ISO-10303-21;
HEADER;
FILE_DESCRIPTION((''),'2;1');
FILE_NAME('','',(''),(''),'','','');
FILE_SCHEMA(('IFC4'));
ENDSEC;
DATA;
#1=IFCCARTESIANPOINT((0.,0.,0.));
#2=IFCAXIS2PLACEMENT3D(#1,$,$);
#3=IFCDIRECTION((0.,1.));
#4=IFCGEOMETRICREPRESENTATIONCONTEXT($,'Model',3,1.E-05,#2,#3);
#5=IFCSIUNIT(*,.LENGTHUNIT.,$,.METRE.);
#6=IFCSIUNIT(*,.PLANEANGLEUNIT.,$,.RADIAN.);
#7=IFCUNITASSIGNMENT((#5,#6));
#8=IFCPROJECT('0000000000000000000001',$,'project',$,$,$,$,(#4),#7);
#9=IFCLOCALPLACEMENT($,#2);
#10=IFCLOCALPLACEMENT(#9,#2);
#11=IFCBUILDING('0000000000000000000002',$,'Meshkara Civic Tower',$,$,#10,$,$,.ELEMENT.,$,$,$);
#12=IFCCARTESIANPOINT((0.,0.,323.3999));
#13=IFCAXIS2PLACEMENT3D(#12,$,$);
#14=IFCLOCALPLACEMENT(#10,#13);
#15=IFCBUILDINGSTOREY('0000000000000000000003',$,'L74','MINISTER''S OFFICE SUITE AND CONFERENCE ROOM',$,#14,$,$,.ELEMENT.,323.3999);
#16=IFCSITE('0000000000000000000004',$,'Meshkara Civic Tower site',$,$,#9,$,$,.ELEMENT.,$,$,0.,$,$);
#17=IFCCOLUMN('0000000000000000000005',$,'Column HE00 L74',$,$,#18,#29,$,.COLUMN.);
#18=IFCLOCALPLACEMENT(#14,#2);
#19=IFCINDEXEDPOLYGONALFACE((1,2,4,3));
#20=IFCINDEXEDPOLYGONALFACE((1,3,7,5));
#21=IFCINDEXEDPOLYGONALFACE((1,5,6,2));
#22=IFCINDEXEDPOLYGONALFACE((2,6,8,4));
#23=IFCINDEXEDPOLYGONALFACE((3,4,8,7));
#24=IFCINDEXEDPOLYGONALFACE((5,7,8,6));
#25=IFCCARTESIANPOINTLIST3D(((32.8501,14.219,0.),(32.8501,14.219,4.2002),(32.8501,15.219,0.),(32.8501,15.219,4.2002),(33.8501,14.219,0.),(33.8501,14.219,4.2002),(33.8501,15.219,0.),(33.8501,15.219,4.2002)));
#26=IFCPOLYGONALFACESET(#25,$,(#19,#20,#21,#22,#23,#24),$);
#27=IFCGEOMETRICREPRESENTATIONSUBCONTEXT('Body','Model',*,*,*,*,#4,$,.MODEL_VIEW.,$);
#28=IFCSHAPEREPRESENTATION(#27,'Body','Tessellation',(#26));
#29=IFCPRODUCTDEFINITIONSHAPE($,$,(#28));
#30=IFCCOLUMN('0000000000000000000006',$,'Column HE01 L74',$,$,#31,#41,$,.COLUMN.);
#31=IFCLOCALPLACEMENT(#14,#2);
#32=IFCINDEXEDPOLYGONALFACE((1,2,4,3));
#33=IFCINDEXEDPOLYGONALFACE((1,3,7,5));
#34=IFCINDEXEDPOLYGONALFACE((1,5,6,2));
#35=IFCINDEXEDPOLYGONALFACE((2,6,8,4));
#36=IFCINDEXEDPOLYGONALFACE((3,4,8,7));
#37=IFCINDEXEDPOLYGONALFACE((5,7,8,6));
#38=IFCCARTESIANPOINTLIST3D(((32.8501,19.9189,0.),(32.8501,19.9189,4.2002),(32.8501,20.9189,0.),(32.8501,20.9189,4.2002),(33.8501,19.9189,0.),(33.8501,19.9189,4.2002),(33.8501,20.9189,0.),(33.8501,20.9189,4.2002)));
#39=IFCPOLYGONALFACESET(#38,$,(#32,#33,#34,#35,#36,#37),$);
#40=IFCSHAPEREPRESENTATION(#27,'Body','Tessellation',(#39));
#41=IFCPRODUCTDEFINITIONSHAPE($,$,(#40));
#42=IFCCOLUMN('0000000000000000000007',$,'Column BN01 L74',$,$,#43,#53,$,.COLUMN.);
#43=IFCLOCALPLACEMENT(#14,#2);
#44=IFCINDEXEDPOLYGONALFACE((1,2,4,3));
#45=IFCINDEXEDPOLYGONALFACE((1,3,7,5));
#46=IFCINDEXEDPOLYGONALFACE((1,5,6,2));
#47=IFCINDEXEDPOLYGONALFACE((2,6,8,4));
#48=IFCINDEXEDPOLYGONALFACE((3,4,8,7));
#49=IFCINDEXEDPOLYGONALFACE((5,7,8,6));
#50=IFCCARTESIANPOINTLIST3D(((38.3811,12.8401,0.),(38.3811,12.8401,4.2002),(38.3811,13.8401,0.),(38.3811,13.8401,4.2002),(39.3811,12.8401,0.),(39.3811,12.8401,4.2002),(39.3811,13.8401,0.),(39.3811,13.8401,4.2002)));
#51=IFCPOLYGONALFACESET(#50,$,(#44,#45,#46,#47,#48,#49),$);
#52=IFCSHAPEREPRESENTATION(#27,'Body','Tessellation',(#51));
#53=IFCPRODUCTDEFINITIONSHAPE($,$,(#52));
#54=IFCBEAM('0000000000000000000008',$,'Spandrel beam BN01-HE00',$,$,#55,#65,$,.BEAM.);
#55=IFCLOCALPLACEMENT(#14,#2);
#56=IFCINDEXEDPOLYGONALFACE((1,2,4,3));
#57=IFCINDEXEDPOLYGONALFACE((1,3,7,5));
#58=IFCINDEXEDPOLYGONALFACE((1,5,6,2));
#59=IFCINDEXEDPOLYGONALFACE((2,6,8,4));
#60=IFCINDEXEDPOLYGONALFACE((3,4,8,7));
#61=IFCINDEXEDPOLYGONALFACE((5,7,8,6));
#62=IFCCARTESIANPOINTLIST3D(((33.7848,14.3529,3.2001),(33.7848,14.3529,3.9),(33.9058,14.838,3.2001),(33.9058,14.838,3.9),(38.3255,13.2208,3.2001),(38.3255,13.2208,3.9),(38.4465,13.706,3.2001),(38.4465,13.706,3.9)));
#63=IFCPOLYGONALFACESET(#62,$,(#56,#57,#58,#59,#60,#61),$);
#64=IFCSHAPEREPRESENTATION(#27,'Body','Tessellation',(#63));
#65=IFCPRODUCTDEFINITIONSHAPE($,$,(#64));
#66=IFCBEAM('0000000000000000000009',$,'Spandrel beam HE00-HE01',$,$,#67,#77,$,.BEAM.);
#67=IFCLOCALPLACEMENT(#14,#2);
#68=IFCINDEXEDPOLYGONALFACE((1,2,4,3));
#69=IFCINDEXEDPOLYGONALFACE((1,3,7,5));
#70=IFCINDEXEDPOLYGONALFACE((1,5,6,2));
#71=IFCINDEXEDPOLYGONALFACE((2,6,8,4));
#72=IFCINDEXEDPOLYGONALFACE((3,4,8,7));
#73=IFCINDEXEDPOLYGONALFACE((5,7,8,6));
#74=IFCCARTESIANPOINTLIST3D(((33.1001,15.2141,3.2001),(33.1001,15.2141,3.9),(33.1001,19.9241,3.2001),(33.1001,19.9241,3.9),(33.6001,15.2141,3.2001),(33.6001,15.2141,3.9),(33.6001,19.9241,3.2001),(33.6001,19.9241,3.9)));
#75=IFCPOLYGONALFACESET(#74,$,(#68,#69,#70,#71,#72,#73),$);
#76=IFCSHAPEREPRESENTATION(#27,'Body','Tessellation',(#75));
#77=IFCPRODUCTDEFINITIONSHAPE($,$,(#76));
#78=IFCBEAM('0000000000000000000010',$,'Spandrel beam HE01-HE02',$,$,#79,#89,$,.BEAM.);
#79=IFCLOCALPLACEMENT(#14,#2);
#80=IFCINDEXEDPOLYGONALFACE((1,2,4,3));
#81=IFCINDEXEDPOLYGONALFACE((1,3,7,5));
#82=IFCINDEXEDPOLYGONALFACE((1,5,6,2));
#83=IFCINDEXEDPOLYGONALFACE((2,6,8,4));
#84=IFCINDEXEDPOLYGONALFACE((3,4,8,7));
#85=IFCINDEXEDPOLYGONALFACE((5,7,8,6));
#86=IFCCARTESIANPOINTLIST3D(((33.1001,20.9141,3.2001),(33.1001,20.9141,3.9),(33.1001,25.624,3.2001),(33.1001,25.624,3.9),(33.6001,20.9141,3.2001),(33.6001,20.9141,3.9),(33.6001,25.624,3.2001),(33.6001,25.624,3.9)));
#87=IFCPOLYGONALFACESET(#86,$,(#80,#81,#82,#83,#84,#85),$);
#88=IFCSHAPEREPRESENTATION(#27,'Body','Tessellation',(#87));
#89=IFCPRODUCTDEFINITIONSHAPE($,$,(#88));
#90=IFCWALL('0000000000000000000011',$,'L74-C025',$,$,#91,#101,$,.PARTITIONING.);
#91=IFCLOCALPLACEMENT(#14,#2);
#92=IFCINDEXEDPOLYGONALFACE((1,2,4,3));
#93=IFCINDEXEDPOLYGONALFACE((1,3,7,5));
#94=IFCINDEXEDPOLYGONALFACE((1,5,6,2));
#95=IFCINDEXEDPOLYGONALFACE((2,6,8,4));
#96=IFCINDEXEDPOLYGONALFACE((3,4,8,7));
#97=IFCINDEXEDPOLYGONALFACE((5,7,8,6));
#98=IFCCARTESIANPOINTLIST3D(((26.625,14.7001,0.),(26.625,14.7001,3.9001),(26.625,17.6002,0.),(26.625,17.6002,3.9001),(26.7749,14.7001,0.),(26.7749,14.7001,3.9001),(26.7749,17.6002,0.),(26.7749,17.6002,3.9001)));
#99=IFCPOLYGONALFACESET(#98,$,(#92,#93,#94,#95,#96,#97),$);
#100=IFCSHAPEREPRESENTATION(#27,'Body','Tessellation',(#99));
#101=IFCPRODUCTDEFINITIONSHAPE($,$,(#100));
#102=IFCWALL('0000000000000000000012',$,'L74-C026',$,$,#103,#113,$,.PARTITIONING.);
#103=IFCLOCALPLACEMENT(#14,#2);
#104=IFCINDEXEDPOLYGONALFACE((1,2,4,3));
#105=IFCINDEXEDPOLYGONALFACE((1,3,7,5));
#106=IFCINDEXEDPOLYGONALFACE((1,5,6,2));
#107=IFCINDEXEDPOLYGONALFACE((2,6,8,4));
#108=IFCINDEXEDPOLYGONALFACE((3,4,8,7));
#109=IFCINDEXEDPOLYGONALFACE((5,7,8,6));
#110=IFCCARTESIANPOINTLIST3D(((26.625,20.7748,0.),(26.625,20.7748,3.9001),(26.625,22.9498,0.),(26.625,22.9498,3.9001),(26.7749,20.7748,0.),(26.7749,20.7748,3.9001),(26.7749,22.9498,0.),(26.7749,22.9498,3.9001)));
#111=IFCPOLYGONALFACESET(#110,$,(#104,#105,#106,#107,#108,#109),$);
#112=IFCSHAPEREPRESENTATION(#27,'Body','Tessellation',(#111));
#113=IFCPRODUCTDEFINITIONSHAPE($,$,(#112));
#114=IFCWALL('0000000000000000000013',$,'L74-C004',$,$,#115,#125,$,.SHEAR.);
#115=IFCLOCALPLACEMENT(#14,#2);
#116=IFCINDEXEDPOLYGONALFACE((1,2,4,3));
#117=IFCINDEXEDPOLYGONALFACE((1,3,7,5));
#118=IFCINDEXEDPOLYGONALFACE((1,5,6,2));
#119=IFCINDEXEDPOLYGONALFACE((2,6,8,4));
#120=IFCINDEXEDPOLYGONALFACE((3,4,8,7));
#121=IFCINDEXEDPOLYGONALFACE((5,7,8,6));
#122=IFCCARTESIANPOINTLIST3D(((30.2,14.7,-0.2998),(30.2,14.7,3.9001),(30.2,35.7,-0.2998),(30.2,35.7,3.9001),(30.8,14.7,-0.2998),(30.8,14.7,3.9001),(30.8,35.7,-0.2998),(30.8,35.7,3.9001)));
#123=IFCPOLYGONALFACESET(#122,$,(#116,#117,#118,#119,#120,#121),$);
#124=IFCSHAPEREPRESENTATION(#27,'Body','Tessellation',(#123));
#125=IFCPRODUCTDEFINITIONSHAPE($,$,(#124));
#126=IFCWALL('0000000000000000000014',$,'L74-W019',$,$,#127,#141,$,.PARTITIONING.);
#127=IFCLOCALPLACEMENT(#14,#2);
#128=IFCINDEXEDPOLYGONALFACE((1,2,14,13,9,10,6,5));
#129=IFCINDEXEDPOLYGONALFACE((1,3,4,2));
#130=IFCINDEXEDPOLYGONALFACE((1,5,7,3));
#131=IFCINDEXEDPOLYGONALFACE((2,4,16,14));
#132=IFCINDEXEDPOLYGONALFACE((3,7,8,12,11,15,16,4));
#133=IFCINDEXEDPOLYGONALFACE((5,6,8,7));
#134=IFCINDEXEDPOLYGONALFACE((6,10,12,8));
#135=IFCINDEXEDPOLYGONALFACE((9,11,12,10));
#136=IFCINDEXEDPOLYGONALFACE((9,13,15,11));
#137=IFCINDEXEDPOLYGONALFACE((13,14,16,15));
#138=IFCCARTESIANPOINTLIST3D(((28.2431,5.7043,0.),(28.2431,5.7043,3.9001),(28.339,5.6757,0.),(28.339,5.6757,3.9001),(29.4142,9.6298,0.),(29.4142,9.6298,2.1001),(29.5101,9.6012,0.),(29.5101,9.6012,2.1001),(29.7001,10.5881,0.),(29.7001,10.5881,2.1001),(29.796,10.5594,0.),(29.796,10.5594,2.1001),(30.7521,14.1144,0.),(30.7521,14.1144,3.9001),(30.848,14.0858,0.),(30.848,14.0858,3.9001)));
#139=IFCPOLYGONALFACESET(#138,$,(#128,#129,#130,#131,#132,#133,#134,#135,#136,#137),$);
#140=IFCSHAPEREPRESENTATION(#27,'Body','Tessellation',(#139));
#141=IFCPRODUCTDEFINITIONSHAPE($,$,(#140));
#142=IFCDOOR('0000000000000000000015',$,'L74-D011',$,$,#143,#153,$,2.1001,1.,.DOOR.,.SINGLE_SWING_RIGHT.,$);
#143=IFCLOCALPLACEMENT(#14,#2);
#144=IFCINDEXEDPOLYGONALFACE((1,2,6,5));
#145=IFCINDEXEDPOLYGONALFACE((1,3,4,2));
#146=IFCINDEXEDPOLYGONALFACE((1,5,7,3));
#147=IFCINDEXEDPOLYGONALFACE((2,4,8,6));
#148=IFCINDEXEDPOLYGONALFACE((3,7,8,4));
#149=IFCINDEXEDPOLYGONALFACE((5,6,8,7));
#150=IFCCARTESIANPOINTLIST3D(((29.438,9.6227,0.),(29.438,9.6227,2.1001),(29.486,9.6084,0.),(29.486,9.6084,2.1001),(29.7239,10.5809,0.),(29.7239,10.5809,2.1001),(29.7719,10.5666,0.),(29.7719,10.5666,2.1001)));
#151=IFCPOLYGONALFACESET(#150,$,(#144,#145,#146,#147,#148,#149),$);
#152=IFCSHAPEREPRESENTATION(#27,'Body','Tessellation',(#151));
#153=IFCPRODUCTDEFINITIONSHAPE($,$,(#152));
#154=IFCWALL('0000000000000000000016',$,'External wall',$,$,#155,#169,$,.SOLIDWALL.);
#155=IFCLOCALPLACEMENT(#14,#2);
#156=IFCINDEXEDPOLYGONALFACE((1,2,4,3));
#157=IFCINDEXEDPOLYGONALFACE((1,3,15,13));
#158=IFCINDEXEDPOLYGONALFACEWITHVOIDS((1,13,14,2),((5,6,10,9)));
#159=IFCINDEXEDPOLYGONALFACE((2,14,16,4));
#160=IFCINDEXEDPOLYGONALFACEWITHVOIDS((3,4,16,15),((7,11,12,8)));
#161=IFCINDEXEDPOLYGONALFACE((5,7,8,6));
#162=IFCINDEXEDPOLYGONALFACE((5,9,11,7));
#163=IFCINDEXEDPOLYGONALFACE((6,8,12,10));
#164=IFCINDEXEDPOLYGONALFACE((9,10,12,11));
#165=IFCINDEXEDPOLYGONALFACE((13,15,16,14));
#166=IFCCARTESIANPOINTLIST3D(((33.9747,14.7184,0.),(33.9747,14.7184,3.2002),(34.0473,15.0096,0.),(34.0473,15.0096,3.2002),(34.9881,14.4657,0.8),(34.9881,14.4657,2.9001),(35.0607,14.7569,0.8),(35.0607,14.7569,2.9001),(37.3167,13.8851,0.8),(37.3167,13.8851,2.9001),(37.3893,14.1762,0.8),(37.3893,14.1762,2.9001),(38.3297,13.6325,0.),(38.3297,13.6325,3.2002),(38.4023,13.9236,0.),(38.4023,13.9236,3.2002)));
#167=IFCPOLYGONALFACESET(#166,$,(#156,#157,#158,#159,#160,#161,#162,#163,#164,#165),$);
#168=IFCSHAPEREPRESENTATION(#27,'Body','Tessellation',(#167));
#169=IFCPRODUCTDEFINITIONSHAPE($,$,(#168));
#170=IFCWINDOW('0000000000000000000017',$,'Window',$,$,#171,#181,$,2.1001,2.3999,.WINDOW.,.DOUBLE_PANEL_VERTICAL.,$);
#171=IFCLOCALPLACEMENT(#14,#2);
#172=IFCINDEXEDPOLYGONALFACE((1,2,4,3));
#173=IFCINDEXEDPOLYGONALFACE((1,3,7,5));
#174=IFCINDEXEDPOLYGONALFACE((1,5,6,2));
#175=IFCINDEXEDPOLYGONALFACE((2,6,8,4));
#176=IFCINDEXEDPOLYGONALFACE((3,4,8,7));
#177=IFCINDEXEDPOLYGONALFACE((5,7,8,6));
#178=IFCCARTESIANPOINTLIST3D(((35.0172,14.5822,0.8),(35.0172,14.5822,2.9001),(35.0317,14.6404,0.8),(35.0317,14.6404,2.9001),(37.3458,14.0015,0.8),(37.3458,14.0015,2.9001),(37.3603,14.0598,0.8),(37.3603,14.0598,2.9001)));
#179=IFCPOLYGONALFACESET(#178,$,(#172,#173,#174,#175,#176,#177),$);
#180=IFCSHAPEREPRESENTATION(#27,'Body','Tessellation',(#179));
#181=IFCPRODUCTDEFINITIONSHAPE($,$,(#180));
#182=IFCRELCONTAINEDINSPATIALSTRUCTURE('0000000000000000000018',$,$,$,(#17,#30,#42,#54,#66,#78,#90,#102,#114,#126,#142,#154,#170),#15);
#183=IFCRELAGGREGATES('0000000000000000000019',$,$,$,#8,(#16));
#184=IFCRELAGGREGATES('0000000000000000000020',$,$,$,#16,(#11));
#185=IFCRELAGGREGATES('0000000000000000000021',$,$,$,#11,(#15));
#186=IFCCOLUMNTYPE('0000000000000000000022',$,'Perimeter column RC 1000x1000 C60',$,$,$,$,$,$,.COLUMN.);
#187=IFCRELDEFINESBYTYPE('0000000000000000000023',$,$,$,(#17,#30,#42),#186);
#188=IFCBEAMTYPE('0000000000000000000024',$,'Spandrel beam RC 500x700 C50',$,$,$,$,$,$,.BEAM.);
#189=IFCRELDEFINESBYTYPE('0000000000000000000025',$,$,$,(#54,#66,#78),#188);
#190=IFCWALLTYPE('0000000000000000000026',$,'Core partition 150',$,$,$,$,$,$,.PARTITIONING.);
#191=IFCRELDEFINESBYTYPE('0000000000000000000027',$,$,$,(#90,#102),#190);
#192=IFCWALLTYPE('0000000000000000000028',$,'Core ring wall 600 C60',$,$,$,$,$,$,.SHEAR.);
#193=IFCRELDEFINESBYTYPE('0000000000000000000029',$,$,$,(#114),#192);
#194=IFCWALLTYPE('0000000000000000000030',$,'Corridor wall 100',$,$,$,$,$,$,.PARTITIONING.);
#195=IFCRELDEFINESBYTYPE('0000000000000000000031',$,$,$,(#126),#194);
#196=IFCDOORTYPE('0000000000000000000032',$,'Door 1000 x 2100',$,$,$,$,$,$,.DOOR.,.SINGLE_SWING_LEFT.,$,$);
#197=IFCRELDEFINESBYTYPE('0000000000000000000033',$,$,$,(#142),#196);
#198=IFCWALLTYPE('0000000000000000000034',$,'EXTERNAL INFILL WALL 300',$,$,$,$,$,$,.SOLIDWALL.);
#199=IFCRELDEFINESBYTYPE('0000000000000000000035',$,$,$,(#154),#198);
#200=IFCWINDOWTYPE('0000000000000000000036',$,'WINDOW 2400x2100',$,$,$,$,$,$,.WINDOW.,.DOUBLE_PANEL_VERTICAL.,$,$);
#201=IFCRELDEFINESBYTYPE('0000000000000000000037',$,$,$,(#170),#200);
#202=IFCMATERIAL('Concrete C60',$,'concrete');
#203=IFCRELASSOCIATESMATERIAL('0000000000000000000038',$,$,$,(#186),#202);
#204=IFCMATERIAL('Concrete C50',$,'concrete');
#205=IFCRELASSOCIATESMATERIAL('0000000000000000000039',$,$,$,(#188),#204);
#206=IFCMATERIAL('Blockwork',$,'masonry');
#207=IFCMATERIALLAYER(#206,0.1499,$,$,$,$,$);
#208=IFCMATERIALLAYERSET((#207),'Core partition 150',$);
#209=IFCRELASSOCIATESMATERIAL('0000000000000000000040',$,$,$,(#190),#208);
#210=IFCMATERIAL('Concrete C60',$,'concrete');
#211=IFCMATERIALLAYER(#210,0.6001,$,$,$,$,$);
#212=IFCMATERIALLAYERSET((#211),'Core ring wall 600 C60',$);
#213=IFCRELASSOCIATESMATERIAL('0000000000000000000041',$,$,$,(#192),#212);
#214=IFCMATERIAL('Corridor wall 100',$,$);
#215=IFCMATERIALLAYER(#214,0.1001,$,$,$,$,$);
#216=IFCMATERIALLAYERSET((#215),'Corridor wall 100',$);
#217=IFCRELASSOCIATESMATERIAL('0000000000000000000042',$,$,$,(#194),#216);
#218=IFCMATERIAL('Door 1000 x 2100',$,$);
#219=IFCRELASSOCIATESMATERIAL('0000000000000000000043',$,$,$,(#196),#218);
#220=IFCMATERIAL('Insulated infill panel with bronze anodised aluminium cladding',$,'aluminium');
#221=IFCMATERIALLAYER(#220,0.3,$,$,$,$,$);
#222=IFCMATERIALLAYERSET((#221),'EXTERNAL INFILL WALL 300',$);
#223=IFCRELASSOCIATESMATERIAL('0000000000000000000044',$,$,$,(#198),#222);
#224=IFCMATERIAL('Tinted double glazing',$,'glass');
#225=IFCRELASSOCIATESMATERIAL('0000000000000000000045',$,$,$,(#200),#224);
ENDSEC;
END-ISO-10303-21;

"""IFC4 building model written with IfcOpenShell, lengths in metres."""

from ifc_helpers import new_model, si_unit, direction, frame, frame_2d, origin, origin_2d, place, context, subcontext, project, spatial, rectangle, extrude, material, layer, layer_set, material_profile, profile_set, type_object, element, fill, save


model = new_model("IFC4")

# Units and contexts
model_context = context("Model", 3, precision=1e-05, world=origin(), true_north=direction((0.0, 1.0)))
body_context = subcontext(model_context, "Body", "Model", "MODEL_VIEW")
ifc_project = project(units=[si_unit("LENGTHUNIT", "METRE"), si_unit("PLANEANGLEUNIT", "RADIAN")], contexts=[model_context])

# Site, building, storey
site_placement = place(None, origin())
site = spatial("IfcSite", under=ifc_project, at=site_placement, Name="Meshkara Civic Tower site", CompositionType="ELEMENT", RefElevation=0.0)
building_placement = place(site_placement, origin())
building = spatial("IfcBuilding", under=site, at=building_placement, Name="Meshkara Civic Tower", CompositionType="ELEMENT")
storey_placement = place(building_placement, frame((0.0, 0.0, 323.3999)))
storey = spatial("IfcBuildingStorey", under=building, at=storey_placement, Name="L74", Description="MINISTER'S OFFICE SUITE AND CONFERENCE ROOM", CompositionType="ELEMENT", Elevation=323.3999)

# Columns
ifc_material_1 = material(Name="Concrete C60", Category="concrete")
ifc_material_profile_1 = material_profile(ifc_material_1, rectangle(XDim=1.0, YDim=1.0, at=origin_2d()))
ifc_profile_set_1 = profile_set([ifc_material_profile_1], Name="Concrete C60")
column_type = type_object("IfcColumnType", Name="Perimeter column RC 1000x1000 C60", PredefinedType="COLUMN", material=ifc_profile_set_1)
for number, where, z_axis, x_axis, name in (
    (1, (33.3501, 14.719, 0.0), (0.0, 0.0, 1.0), (1.0, 0.0, 0.0), "Column HE00 L74"),
    (2, (33.3501, 20.4189, 0.0), (0.0, 0.0, 1.0), (1.0, 0.0, 0.0), "Column HE01 L74"),
    (3, (38.8811, 13.3401, 0.0), (0.0, 0.0, 1.0), (1.0, 0.0, 0.0), "Column BN01 L74"),
):
    element("IfcColumn", number, at=place(storey_placement, frame(where, z_axis=z_axis, x_axis=x_axis)), inside=storey, type_object=column_type, Name=name, PredefinedType="COLUMN", context=body_context, shape_type="SweptSolid", body=[
        extrude(rectangle(XDim=1.0, YDim=1.0, at=origin_2d()), origin(), (0.0, 0.0, 1.0), 4.2002),
    ])

# Beams
ifc_material_2 = material(Name="Concrete C50", Category="concrete")
ifc_material_profile_2 = material_profile(ifc_material_2, rectangle(XDim=0.5, YDim=0.7, at=origin_2d()))
ifc_profile_set_2 = profile_set([ifc_material_profile_2], Name="Concrete C50")
beam_type = type_object("IfcBeamType", Name="Spandrel beam RC 500x700 C50", PredefinedType="BEAM", material=ifc_profile_set_2)
beam_placement = place(storey_placement, frame((38.386, 13.4634, 3.55), z_axis=(-0.970299, 0.24191, 0.0), x_axis=(-0.24191, -0.970299, 0.0)))
element("IfcBeam", 4, at=beam_placement, inside=storey, type_object=beam_type, Name="Spandrel beam BN01-HE00", PredefinedType="BEAM", context=body_context, shape_type="SweptSolid", body=[
    extrude(rectangle(XDim=0.5, YDim=0.7, at=origin_2d()), origin(), (0.0, 0.0, 1.0), 4.6797),
])
for number, where, z_axis, x_axis, name in (
    (5, (33.3501, 15.2141, 3.55), (0.0, 1.0, 0.0), (-1.0, 0.0, 0.0), "Spandrel beam HE00-HE01"),
    (6, (33.3501, 20.9141, 3.55), (0.0, 1.0, 0.0), (-1.0, 0.0, 0.0), "Spandrel beam HE01-HE02"),
):
    element("IfcBeam", number, at=place(storey_placement, frame(where, z_axis=z_axis, x_axis=x_axis)), inside=storey, type_object=beam_type, Name=name, PredefinedType="BEAM", context=body_context, shape_type="SweptSolid", body=[
        extrude(rectangle(XDim=0.5, YDim=0.7, at=origin_2d()), origin(), (0.0, 0.0, 1.0), 4.71),
    ])

# Walls
ifc_material_3 = material(Name="Blockwork", Category="masonry")
ifc_layer_1 = layer(ifc_material_3, 0.1499)
ifc_layer_set_1 = layer_set([ifc_layer_1], Name="Core partition 150")
wall_type_1 = type_object("IfcWallType", Name="Core partition 150", PredefinedType="PARTITIONING", material=ifc_layer_set_1)
wall_1_placement = place(storey_placement, frame((26.7, 14.7, 0.0), z_axis=(0.0, 0.0, 1.0), x_axis=(0.0, 1.0, 0.0)))
element("IfcWall", 7, at=wall_1_placement, inside=storey, type_object=wall_type_1, Name="L74-C025", PredefinedType="PARTITIONING", context=body_context, shape_type="SweptSolid", body=[
    extrude(rectangle(XDim=2.9001, YDim=0.1499, at=frame_2d((1.4502, 0.0))), origin(), (0.0, 0.0, 1.0), 3.9001),
])
wall_2_placement = place(storey_placement, frame((26.7, 20.7749, 0.0), z_axis=(0.0, 0.0, 1.0), x_axis=(0.0, 1.0, 0.0)))
element("IfcWall", 8, at=wall_2_placement, inside=storey, type_object=wall_type_1, Name="L74-C026", PredefinedType="PARTITIONING", context=body_context, shape_type="SweptSolid", body=[
    extrude(rectangle(XDim=2.175, YDim=0.1499, at=frame_2d((1.0874, 0.0))), origin(), (0.0, 0.0, 1.0), 3.9001),
])
ifc_material_4 = material(Name="Concrete C60", Category="concrete")
ifc_layer_2 = layer(ifc_material_4, 0.6001)
ifc_layer_set_2 = layer_set([ifc_layer_2], Name="Core ring wall 600 C60")
wall_type_2 = type_object("IfcWallType", Name="Core ring wall 600 C60", PredefinedType="SHEAR", material=ifc_layer_set_2)
wall_3_placement = place(storey_placement, frame((30.5, 14.7, -0.2998), z_axis=(0.0, 0.0, 1.0), x_axis=(0.0, 1.0, 0.0)))
element("IfcWall", 9, at=wall_3_placement, inside=storey, type_object=wall_type_2, Name="L74-C004", PredefinedType="SHEAR", context=body_context, shape_type="SweptSolid", body=[
    extrude(rectangle(XDim=21.0, YDim=0.6001, at=frame_2d((10.5, 0.0))), origin(), (0.0, 0.0, 1.0), 4.2),
])

# Wall, opening, door
ifc_material_5 = material(Name="Corridor wall 100")
ifc_layer_3 = layer(ifc_material_5, 0.1001)
ifc_layer_set_3 = layer_set([ifc_layer_3], Name="Corridor wall 100")
wall_type_3 = type_object("IfcWallType", Name="Corridor wall 100", PredefinedType="PARTITIONING", material=ifc_layer_set_3)
wall_4_placement = place(storey_placement, frame((30.8, 14.1001, 0.0), z_axis=(0.0, 0.0, 1.0), x_axis=(-0.285883, -0.958265, 0.0)))
wall_4 = element("IfcWall", 10, at=wall_4_placement, inside=storey, type_object=wall_type_3, Name="L74-W019", PredefinedType="PARTITIONING", context=body_context, shape_type="SweptSolid", body=[
    extrude(rectangle(XDim=8.7764, YDim=0.1001, at=frame_2d((4.3882, 0.0))), origin(), (0.0, 0.0, 1.0), 3.9001),
])
opening_1_placement = place(wall_4_placement, frame((3.6799, 0.0, 0.0)))
opening_1 = element("IfcOpeningElement", 11, at=opening_1_placement, cuts=wall_4, PredefinedType="OPENING", context=body_context, shape_type="SweptSolid", body=[
    extrude(rectangle(XDim=1.0, YDim=2.1001, at=frame_2d((0.5, 1.05))), frame((0.0, 0.0601, 0.0), z_axis=(0.0, -1.0, 0.0), x_axis=(1.0, 0.0, 0.0)), (0.0, 0.0, 1.0), 0.1201),
])
ifc_material_6 = material(Name="Door 1000 x 2100")
door_type_1 = type_object("IfcDoorType", Name="Door 1000 x 2100", OperationType="SINGLE_SWING_LEFT", PredefinedType="DOOR", material=ifc_material_6)
door_1_placement = place(opening_1_placement, origin())
door_1 = element("IfcDoor", 12, at=door_1_placement, inside=storey, type_object=door_type_1, Name="L74-D011", OperationType="SINGLE_SWING_RIGHT", OverallHeight=2.1001, OverallWidth=1.0, PredefinedType="DOOR", context=body_context, shape_type="SweptSolid", body=[
    extrude(rectangle(XDim=1.0, YDim=2.1001, at=frame_2d((0.5, 1.05))), frame((0.0, 0.0249, 0.0), z_axis=(0.0, -1.0, 0.0), x_axis=(1.0, 0.0, 0.0)), (0.0, 0.0, 1.0), 0.05),
])
fill(opening_1, door_1)

# Wall, opening, window
ifc_material_7 = material(Name="Insulated infill panel with bronze anodised aluminium cladding", Category="aluminium")
ifc_layer_4 = layer(ifc_material_7, 0.3)
ifc_layer_set_4 = layer_set([ifc_layer_4], Name="EXTERNAL INFILL WALL 300")
wall_type_4 = type_object("IfcWallType", Name="EXTERNAL INFILL WALL 300", PredefinedType="SOLIDWALL", material=ifc_layer_set_4)
wall_5_placement = place(storey_placement, frame((38.366, 13.7781, 0.0), z_axis=(0.0, 0.0, 1.0), x_axis=(-0.97029, 0.241947, 0.0)))
wall_5 = element("IfcWall", 13, at=wall_5_placement, inside=storey, type_object=wall_type_4, Name="External wall", PredefinedType="SOLIDWALL", context=body_context, shape_type="SweptSolid", body=[
    extrude(rectangle(XDim=4.4883, YDim=0.3, at=frame_2d((2.2441, 0.0))), origin(), (0.0, 0.0, 1.0), 3.2002),
])
opening_2_placement = place(wall_5_placement, frame((1.0439, 0.0, 0.8)))
opening_2 = element("IfcOpeningElement", 14, at=opening_2_placement, cuts=wall_5, PredefinedType="OPENING", context=body_context, shape_type="SweptSolid", body=[
    extrude(rectangle(XDim=2.3999, YDim=2.1001, at=frame_2d((1.2, 1.05))), frame((0.0, 0.1599, 0.0), z_axis=(0.0, -1.0, 0.0), x_axis=(1.0, 0.0, 0.0)), (0.0, 0.0, 1.0), 0.3201),
])
ifc_material_8 = material(Name="Tinted double glazing", Category="glass")
window_type = type_object("IfcWindowType", Name="WINDOW 2400x2100", PartitioningType="DOUBLE_PANEL_VERTICAL", PredefinedType="WINDOW", material=ifc_material_8)
window_1_placement = place(opening_2_placement, origin())
window_1 = element("IfcWindow", 15, at=window_1_placement, inside=storey, type_object=window_type, Name="Window", OverallHeight=2.1001, OverallWidth=2.3999, PartitioningType="DOUBLE_PANEL_VERTICAL", PredefinedType="WINDOW", context=body_context, shape_type="SweptSolid", body=[
    extrude(rectangle(XDim=2.3999, YDim=2.1001, at=frame_2d((1.2, 1.05))), frame((0.0, 0.03, 0.0), z_axis=(0.0, -1.0, 0.0), x_axis=(1.0, 0.0, 0.0)), (0.0, 0.0, 1.0), 0.0601),
])
fill(opening_2, window_1)

save(model, "model.ifc")
